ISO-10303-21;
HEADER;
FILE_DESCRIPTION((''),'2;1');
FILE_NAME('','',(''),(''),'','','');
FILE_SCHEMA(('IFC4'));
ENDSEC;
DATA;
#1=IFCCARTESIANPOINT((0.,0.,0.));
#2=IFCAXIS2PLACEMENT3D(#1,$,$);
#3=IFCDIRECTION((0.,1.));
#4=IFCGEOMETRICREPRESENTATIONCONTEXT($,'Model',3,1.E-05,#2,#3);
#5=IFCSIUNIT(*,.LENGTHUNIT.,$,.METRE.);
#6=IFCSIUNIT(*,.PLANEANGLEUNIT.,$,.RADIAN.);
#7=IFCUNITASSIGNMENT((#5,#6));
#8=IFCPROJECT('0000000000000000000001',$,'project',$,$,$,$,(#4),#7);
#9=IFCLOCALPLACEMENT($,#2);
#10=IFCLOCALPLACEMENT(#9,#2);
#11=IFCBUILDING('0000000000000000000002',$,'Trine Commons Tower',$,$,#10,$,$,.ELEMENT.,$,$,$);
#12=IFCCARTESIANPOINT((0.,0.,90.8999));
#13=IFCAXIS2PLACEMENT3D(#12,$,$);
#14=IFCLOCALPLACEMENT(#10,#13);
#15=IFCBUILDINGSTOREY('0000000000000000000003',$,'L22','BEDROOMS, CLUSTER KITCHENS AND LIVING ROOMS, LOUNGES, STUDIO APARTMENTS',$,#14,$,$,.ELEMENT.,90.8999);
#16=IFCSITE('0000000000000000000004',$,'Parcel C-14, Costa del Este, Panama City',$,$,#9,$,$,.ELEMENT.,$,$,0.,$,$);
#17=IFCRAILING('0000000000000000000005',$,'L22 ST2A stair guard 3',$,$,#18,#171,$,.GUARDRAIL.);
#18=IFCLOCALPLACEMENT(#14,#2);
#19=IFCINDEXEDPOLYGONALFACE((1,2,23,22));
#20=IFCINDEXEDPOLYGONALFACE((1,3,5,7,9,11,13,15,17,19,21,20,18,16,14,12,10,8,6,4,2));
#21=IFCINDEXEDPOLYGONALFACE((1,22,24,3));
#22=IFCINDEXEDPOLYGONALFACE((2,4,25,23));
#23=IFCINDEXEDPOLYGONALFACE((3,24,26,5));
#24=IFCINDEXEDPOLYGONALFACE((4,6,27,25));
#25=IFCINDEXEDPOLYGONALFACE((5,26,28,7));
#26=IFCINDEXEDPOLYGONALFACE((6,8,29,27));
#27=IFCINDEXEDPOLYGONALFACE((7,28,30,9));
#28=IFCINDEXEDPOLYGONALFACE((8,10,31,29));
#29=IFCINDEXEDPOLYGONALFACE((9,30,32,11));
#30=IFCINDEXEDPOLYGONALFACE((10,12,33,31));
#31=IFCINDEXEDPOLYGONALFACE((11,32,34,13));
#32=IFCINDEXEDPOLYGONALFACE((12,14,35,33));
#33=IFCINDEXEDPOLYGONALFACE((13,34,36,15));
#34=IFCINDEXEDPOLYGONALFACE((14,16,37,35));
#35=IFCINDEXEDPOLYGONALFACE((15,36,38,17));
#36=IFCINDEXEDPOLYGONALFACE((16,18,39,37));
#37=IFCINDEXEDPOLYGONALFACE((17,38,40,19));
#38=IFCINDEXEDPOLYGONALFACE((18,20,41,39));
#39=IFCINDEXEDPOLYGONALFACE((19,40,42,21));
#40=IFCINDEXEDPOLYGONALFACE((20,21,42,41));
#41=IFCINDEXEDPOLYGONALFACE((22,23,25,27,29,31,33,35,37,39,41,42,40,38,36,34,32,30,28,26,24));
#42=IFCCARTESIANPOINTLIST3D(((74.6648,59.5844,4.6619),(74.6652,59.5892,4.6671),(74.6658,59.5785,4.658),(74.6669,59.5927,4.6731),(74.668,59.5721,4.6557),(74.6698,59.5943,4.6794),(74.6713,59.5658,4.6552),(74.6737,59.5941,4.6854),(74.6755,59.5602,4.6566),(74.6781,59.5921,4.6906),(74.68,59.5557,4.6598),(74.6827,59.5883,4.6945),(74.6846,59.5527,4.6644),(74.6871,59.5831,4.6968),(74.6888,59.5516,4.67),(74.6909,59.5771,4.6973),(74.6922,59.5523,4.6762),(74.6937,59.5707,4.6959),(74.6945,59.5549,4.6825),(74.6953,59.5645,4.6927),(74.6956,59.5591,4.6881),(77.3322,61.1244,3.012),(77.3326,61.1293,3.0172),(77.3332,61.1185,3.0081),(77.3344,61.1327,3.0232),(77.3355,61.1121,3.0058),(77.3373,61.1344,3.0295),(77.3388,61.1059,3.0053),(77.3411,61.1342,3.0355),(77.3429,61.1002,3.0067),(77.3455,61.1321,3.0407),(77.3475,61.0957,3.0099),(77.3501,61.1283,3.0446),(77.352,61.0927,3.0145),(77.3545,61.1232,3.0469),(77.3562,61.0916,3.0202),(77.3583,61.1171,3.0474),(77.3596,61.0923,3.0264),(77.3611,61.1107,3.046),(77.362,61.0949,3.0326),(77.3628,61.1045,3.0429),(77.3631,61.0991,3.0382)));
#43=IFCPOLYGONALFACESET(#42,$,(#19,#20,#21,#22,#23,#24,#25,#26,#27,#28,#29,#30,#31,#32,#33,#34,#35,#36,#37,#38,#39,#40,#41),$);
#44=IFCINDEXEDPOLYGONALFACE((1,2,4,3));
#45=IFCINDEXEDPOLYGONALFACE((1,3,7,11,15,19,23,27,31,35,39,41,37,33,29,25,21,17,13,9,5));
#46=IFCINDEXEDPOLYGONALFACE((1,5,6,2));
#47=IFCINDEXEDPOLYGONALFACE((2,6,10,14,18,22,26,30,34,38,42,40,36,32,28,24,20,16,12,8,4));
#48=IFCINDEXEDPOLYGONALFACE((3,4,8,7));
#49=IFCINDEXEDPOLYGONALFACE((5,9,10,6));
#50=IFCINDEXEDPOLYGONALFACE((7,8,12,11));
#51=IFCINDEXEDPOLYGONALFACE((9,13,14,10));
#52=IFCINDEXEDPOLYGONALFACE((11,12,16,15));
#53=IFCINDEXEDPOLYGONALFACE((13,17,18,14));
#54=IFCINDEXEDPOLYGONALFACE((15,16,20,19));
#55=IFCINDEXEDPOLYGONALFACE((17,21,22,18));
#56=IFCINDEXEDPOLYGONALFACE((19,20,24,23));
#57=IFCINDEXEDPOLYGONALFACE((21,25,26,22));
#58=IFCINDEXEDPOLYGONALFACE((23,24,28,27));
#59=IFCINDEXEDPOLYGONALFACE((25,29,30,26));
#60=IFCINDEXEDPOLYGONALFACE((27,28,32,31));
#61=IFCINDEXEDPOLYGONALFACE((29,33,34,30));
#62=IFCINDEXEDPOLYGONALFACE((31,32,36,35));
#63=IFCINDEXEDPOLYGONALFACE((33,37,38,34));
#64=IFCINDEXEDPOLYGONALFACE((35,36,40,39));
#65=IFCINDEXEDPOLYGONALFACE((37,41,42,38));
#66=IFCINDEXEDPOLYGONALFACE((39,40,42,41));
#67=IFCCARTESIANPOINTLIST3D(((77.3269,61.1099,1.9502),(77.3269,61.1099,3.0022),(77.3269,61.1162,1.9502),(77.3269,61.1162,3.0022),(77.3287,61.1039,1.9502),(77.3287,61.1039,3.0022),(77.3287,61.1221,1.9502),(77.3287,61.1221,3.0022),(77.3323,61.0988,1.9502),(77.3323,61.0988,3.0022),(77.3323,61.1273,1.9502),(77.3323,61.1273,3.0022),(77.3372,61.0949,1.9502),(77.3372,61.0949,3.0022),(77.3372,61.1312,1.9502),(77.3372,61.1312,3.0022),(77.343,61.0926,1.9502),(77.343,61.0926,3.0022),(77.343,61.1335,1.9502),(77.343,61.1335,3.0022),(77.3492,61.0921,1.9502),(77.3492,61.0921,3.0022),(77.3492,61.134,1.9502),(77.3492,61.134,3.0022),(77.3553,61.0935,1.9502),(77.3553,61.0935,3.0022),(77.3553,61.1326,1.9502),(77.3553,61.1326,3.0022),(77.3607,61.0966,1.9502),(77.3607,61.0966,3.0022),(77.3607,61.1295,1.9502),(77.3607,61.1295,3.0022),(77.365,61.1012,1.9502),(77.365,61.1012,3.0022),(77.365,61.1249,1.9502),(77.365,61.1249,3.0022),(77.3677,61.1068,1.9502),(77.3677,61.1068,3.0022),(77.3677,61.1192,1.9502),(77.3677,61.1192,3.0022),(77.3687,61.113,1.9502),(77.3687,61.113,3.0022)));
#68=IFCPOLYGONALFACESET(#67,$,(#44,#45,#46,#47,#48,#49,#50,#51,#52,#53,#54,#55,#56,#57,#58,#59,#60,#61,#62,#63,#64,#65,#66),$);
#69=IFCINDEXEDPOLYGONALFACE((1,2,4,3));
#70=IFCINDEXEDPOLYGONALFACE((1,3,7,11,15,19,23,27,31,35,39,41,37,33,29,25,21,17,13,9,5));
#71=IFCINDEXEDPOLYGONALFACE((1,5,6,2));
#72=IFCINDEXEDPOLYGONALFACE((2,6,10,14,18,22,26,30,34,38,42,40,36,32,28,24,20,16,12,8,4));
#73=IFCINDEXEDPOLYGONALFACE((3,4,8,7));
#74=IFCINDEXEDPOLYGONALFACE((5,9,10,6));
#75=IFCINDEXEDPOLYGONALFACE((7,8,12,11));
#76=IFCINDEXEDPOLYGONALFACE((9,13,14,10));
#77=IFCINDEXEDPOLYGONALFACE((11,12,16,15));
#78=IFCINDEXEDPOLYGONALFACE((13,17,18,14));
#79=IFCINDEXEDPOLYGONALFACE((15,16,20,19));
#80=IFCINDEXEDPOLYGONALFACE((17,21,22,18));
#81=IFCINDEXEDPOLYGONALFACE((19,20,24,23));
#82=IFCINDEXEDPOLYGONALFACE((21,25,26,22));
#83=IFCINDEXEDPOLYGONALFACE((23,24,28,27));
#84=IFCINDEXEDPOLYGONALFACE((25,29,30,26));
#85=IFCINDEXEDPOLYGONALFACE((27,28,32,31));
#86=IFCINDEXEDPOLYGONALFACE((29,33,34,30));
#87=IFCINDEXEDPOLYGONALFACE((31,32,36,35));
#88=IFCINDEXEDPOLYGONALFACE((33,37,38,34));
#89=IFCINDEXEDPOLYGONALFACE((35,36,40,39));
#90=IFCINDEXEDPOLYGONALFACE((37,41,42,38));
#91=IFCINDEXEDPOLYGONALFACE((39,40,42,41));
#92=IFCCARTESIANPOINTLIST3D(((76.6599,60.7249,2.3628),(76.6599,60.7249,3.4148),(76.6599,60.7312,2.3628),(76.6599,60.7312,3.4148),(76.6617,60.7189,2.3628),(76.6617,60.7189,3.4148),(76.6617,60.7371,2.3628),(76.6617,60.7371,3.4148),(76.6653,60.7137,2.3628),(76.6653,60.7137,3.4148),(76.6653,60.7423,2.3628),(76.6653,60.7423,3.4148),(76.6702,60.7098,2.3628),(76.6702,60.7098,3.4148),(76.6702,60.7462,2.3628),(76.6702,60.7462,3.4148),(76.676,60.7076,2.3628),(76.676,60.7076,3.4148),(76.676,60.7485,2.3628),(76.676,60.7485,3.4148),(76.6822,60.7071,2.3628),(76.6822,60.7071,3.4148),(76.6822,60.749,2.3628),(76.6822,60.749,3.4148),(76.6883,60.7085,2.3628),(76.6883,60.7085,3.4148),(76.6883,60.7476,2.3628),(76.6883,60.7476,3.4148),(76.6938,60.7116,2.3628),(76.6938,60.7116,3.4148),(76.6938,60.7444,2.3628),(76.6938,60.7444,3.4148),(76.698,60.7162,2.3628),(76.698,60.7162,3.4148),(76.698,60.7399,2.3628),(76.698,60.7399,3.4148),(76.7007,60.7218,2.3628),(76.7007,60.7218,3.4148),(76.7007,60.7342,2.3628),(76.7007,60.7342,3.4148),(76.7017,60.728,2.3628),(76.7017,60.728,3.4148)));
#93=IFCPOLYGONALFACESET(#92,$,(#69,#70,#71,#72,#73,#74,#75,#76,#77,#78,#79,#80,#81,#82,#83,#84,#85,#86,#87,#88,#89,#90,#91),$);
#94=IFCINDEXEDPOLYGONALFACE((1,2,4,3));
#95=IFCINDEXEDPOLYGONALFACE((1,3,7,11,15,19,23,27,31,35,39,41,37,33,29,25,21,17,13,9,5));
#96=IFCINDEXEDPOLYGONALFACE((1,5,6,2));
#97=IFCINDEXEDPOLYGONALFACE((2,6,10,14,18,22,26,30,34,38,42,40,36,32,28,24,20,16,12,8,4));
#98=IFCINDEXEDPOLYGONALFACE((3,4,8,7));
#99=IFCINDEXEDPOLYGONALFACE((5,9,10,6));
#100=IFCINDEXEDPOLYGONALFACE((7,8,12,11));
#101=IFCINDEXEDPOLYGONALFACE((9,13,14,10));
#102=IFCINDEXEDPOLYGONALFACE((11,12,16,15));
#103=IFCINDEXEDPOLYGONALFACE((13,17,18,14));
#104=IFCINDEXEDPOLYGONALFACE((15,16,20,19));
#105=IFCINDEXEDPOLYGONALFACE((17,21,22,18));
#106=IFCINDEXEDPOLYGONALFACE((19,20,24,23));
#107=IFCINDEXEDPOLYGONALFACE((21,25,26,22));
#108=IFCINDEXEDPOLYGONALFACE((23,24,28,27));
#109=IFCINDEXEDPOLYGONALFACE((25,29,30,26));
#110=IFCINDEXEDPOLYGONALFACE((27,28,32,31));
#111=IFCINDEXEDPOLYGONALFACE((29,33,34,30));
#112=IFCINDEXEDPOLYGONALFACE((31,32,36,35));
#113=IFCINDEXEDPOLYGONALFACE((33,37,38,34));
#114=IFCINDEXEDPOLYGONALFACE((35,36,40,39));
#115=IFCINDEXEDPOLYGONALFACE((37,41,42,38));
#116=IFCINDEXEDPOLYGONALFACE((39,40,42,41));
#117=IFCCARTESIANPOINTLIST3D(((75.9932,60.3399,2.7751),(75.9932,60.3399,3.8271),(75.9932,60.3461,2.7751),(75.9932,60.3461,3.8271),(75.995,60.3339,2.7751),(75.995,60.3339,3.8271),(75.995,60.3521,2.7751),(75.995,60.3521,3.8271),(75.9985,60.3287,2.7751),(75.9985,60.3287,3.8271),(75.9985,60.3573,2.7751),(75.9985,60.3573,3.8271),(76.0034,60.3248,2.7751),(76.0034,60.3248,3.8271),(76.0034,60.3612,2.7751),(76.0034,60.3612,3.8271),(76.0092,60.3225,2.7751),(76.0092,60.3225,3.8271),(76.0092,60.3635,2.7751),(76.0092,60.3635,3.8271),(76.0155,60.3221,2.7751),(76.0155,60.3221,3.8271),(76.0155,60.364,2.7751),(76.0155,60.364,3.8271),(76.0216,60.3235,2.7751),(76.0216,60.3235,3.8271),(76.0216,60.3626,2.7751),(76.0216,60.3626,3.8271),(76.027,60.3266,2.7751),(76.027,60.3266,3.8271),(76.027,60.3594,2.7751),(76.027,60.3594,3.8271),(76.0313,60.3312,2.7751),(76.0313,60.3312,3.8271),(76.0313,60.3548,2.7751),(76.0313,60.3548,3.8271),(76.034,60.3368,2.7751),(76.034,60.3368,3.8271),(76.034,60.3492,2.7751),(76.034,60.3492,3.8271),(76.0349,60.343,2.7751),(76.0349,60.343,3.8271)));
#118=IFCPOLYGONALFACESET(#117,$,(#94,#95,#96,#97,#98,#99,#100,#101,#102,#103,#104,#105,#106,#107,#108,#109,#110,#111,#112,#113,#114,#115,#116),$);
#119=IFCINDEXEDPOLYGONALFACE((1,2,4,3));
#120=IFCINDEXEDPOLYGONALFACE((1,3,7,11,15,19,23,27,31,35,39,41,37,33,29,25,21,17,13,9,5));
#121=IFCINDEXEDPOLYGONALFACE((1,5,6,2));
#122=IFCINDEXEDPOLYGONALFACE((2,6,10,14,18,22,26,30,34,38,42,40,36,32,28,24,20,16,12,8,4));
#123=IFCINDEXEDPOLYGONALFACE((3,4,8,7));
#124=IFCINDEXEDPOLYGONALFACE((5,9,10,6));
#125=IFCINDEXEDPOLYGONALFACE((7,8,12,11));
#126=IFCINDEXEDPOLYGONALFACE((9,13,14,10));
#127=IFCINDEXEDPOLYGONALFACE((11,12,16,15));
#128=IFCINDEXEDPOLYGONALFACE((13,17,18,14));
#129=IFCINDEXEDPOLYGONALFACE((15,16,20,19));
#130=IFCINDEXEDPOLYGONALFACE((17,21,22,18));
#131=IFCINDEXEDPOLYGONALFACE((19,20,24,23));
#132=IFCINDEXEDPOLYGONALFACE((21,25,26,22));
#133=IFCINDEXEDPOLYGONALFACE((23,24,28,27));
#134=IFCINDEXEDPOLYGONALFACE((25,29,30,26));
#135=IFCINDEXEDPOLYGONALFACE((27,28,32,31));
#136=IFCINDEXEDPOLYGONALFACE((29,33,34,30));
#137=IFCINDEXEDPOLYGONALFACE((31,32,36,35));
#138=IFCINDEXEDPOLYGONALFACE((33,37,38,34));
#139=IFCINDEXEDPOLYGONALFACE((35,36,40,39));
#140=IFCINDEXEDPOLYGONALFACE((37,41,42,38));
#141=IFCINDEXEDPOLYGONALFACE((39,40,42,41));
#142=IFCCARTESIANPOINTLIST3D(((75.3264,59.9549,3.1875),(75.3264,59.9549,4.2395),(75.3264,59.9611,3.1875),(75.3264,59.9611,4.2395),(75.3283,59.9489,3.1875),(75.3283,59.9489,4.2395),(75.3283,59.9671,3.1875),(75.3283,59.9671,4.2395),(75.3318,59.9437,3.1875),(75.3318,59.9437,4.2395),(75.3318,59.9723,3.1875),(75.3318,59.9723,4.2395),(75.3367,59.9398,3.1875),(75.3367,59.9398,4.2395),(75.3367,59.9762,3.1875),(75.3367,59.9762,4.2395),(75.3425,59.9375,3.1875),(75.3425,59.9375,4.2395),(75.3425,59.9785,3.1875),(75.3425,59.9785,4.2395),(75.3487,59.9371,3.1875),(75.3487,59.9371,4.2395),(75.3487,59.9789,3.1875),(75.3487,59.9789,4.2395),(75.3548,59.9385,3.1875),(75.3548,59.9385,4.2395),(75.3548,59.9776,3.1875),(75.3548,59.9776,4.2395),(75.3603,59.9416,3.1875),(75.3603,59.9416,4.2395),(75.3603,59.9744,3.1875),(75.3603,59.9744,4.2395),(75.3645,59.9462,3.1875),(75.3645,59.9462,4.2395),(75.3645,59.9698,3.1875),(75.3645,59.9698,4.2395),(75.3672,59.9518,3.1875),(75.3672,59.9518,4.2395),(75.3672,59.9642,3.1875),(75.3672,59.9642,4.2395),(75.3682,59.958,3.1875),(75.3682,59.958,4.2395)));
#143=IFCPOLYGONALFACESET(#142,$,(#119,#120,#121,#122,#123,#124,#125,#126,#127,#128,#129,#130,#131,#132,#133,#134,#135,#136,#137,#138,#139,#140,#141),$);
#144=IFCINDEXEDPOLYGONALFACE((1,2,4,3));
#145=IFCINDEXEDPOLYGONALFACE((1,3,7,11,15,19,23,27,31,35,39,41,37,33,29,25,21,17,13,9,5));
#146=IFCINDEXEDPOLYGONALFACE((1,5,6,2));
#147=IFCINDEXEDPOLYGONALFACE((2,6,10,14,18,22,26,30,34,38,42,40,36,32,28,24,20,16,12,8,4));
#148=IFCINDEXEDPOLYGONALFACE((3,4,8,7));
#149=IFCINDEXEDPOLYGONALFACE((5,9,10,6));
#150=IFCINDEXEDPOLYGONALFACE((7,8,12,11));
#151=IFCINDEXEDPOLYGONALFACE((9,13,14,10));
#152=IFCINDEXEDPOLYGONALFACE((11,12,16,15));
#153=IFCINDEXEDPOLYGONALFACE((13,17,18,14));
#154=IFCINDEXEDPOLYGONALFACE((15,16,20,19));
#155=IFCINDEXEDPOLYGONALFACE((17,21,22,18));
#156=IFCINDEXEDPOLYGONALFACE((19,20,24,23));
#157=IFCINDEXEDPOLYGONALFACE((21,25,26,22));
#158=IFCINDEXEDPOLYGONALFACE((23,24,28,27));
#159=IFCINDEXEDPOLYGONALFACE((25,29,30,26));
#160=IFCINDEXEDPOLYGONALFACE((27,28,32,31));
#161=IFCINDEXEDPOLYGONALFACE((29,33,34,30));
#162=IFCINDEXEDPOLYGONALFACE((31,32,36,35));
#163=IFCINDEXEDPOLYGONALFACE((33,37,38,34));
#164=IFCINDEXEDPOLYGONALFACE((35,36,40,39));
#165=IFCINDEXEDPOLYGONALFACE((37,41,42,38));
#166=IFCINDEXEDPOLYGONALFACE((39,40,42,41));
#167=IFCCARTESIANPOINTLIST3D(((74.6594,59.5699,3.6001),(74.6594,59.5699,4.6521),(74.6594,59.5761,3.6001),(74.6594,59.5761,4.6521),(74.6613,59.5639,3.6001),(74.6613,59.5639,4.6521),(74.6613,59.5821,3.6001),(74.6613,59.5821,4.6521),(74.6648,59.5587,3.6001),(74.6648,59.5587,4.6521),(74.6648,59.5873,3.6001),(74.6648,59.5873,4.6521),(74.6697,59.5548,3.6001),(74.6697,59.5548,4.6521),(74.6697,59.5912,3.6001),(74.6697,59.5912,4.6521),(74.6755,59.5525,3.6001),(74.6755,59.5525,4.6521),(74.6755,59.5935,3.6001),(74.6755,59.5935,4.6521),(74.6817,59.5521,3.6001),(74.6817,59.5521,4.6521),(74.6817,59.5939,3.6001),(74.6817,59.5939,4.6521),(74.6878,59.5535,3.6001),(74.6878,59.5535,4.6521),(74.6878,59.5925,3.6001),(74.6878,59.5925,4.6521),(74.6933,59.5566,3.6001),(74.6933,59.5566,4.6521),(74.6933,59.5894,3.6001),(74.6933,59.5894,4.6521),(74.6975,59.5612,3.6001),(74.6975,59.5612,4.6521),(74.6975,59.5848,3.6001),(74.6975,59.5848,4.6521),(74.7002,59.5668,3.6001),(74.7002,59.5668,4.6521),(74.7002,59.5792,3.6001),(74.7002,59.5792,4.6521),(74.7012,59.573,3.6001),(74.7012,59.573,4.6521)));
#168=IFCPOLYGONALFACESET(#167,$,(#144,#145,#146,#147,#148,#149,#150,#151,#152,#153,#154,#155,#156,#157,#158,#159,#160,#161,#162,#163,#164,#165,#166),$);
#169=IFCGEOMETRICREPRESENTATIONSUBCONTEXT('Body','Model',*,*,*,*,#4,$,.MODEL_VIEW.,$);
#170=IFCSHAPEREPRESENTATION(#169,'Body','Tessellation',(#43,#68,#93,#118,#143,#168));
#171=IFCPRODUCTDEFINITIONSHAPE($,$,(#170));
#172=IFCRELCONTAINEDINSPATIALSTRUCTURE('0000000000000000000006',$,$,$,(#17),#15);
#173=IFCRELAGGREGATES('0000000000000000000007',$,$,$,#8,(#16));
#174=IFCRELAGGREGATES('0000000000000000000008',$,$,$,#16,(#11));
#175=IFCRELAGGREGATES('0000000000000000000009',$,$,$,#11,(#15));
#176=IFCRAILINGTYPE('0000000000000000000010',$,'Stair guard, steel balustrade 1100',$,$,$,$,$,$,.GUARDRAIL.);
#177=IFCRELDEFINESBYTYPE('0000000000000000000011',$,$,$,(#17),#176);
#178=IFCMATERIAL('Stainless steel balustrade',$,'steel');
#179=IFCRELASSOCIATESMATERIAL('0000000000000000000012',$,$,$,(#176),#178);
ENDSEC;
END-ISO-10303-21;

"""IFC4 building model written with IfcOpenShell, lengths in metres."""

from ifc_helpers import new_model, si_unit, direction, frame, origin, origin_2d, place, context, subcontext, project, spatial, circle, extrude, material, type_object, element, save


model = new_model("IFC4")

# Units and contexts
model_context = context("Model", 3, precision=1e-05, world=origin(), true_north=direction((0.0, 1.0)))
body_context = subcontext(model_context, "Body", "Model", "MODEL_VIEW")
ifc_project = project(units=[si_unit("LENGTHUNIT", "METRE"), si_unit("PLANEANGLEUNIT", "RADIAN")], contexts=[model_context])

# Site, building, storey
site_placement = place(None, origin())
site = spatial("IfcSite", under=ifc_project, at=site_placement, Name="Parcel C-14, Costa del Este, Panama City", CompositionType="ELEMENT", RefElevation=0.0)
building_placement = place(site_placement, origin())
building = spatial("IfcBuilding", under=site, at=building_placement, Name="Trine Commons Tower", CompositionType="ELEMENT")
storey_placement = place(building_placement, frame((0.0, 0.0, 90.8999)))
storey = spatial("IfcBuildingStorey", under=building, at=storey_placement, Name="L22", Description="BEDROOMS, CLUSTER KITCHENS AND LIVING ROOMS, LOUNGES, STUDIO APARTMENTS", CompositionType="ELEMENT", Elevation=90.8999)

# Railing
ifc_material_1 = material(Name="Stainless steel balustrade", Category="steel")
railing_type_1 = type_object("IfcRailingType", Name="Stair guard, steel balustrade 1100", PredefinedType="GUARDRAIL", material=ifc_material_1)
railing_1_placement = place(storey_placement, frame((77.3477, 61.113, 1.9502)))
element("IfcRailing", 1, at=railing_1_placement, inside=storey, type_object=railing_type_1, Name="L22 ST2A stair guard 3", PredefinedType="GUARDRAIL", context=body_context, shape_type="SweptSolid", body=[
    extrude(circle(Radius=0.0239, at=origin_2d()), frame((0.0, 0.0, 1.0762), z_axis=(-0.763405, -0.440743, 0.472185), x_axis=(0.499992, -0.86603, 0.0)), (0.0, 0.0, 1.0), 3.4941),
    extrude(circle(Radius=0.021, at=origin_2d()), origin(), (0.0, 0.0, 1.0), 1.052),
    extrude(circle(Radius=0.021, at=origin_2d()), frame((-0.667, -0.385, 0.4126)), (0.0, 0.0, 1.0), 1.052),
    extrude(circle(Radius=0.021, at=origin_2d()), frame((-1.3337, -0.77, 0.825)), (0.0, 0.0, 1.0), 1.052),
    extrude(circle(Radius=0.021, at=origin_2d()), frame((-2.0005, -1.155, 1.2373)), (0.0, 0.0, 1.0), 1.052),
    extrude(circle(Radius=0.021, at=origin_2d()), frame((-2.6675, -1.54, 1.6499)), (0.0, 0.0, 1.0), 1.052),
])

save(model, "model.ifc")
